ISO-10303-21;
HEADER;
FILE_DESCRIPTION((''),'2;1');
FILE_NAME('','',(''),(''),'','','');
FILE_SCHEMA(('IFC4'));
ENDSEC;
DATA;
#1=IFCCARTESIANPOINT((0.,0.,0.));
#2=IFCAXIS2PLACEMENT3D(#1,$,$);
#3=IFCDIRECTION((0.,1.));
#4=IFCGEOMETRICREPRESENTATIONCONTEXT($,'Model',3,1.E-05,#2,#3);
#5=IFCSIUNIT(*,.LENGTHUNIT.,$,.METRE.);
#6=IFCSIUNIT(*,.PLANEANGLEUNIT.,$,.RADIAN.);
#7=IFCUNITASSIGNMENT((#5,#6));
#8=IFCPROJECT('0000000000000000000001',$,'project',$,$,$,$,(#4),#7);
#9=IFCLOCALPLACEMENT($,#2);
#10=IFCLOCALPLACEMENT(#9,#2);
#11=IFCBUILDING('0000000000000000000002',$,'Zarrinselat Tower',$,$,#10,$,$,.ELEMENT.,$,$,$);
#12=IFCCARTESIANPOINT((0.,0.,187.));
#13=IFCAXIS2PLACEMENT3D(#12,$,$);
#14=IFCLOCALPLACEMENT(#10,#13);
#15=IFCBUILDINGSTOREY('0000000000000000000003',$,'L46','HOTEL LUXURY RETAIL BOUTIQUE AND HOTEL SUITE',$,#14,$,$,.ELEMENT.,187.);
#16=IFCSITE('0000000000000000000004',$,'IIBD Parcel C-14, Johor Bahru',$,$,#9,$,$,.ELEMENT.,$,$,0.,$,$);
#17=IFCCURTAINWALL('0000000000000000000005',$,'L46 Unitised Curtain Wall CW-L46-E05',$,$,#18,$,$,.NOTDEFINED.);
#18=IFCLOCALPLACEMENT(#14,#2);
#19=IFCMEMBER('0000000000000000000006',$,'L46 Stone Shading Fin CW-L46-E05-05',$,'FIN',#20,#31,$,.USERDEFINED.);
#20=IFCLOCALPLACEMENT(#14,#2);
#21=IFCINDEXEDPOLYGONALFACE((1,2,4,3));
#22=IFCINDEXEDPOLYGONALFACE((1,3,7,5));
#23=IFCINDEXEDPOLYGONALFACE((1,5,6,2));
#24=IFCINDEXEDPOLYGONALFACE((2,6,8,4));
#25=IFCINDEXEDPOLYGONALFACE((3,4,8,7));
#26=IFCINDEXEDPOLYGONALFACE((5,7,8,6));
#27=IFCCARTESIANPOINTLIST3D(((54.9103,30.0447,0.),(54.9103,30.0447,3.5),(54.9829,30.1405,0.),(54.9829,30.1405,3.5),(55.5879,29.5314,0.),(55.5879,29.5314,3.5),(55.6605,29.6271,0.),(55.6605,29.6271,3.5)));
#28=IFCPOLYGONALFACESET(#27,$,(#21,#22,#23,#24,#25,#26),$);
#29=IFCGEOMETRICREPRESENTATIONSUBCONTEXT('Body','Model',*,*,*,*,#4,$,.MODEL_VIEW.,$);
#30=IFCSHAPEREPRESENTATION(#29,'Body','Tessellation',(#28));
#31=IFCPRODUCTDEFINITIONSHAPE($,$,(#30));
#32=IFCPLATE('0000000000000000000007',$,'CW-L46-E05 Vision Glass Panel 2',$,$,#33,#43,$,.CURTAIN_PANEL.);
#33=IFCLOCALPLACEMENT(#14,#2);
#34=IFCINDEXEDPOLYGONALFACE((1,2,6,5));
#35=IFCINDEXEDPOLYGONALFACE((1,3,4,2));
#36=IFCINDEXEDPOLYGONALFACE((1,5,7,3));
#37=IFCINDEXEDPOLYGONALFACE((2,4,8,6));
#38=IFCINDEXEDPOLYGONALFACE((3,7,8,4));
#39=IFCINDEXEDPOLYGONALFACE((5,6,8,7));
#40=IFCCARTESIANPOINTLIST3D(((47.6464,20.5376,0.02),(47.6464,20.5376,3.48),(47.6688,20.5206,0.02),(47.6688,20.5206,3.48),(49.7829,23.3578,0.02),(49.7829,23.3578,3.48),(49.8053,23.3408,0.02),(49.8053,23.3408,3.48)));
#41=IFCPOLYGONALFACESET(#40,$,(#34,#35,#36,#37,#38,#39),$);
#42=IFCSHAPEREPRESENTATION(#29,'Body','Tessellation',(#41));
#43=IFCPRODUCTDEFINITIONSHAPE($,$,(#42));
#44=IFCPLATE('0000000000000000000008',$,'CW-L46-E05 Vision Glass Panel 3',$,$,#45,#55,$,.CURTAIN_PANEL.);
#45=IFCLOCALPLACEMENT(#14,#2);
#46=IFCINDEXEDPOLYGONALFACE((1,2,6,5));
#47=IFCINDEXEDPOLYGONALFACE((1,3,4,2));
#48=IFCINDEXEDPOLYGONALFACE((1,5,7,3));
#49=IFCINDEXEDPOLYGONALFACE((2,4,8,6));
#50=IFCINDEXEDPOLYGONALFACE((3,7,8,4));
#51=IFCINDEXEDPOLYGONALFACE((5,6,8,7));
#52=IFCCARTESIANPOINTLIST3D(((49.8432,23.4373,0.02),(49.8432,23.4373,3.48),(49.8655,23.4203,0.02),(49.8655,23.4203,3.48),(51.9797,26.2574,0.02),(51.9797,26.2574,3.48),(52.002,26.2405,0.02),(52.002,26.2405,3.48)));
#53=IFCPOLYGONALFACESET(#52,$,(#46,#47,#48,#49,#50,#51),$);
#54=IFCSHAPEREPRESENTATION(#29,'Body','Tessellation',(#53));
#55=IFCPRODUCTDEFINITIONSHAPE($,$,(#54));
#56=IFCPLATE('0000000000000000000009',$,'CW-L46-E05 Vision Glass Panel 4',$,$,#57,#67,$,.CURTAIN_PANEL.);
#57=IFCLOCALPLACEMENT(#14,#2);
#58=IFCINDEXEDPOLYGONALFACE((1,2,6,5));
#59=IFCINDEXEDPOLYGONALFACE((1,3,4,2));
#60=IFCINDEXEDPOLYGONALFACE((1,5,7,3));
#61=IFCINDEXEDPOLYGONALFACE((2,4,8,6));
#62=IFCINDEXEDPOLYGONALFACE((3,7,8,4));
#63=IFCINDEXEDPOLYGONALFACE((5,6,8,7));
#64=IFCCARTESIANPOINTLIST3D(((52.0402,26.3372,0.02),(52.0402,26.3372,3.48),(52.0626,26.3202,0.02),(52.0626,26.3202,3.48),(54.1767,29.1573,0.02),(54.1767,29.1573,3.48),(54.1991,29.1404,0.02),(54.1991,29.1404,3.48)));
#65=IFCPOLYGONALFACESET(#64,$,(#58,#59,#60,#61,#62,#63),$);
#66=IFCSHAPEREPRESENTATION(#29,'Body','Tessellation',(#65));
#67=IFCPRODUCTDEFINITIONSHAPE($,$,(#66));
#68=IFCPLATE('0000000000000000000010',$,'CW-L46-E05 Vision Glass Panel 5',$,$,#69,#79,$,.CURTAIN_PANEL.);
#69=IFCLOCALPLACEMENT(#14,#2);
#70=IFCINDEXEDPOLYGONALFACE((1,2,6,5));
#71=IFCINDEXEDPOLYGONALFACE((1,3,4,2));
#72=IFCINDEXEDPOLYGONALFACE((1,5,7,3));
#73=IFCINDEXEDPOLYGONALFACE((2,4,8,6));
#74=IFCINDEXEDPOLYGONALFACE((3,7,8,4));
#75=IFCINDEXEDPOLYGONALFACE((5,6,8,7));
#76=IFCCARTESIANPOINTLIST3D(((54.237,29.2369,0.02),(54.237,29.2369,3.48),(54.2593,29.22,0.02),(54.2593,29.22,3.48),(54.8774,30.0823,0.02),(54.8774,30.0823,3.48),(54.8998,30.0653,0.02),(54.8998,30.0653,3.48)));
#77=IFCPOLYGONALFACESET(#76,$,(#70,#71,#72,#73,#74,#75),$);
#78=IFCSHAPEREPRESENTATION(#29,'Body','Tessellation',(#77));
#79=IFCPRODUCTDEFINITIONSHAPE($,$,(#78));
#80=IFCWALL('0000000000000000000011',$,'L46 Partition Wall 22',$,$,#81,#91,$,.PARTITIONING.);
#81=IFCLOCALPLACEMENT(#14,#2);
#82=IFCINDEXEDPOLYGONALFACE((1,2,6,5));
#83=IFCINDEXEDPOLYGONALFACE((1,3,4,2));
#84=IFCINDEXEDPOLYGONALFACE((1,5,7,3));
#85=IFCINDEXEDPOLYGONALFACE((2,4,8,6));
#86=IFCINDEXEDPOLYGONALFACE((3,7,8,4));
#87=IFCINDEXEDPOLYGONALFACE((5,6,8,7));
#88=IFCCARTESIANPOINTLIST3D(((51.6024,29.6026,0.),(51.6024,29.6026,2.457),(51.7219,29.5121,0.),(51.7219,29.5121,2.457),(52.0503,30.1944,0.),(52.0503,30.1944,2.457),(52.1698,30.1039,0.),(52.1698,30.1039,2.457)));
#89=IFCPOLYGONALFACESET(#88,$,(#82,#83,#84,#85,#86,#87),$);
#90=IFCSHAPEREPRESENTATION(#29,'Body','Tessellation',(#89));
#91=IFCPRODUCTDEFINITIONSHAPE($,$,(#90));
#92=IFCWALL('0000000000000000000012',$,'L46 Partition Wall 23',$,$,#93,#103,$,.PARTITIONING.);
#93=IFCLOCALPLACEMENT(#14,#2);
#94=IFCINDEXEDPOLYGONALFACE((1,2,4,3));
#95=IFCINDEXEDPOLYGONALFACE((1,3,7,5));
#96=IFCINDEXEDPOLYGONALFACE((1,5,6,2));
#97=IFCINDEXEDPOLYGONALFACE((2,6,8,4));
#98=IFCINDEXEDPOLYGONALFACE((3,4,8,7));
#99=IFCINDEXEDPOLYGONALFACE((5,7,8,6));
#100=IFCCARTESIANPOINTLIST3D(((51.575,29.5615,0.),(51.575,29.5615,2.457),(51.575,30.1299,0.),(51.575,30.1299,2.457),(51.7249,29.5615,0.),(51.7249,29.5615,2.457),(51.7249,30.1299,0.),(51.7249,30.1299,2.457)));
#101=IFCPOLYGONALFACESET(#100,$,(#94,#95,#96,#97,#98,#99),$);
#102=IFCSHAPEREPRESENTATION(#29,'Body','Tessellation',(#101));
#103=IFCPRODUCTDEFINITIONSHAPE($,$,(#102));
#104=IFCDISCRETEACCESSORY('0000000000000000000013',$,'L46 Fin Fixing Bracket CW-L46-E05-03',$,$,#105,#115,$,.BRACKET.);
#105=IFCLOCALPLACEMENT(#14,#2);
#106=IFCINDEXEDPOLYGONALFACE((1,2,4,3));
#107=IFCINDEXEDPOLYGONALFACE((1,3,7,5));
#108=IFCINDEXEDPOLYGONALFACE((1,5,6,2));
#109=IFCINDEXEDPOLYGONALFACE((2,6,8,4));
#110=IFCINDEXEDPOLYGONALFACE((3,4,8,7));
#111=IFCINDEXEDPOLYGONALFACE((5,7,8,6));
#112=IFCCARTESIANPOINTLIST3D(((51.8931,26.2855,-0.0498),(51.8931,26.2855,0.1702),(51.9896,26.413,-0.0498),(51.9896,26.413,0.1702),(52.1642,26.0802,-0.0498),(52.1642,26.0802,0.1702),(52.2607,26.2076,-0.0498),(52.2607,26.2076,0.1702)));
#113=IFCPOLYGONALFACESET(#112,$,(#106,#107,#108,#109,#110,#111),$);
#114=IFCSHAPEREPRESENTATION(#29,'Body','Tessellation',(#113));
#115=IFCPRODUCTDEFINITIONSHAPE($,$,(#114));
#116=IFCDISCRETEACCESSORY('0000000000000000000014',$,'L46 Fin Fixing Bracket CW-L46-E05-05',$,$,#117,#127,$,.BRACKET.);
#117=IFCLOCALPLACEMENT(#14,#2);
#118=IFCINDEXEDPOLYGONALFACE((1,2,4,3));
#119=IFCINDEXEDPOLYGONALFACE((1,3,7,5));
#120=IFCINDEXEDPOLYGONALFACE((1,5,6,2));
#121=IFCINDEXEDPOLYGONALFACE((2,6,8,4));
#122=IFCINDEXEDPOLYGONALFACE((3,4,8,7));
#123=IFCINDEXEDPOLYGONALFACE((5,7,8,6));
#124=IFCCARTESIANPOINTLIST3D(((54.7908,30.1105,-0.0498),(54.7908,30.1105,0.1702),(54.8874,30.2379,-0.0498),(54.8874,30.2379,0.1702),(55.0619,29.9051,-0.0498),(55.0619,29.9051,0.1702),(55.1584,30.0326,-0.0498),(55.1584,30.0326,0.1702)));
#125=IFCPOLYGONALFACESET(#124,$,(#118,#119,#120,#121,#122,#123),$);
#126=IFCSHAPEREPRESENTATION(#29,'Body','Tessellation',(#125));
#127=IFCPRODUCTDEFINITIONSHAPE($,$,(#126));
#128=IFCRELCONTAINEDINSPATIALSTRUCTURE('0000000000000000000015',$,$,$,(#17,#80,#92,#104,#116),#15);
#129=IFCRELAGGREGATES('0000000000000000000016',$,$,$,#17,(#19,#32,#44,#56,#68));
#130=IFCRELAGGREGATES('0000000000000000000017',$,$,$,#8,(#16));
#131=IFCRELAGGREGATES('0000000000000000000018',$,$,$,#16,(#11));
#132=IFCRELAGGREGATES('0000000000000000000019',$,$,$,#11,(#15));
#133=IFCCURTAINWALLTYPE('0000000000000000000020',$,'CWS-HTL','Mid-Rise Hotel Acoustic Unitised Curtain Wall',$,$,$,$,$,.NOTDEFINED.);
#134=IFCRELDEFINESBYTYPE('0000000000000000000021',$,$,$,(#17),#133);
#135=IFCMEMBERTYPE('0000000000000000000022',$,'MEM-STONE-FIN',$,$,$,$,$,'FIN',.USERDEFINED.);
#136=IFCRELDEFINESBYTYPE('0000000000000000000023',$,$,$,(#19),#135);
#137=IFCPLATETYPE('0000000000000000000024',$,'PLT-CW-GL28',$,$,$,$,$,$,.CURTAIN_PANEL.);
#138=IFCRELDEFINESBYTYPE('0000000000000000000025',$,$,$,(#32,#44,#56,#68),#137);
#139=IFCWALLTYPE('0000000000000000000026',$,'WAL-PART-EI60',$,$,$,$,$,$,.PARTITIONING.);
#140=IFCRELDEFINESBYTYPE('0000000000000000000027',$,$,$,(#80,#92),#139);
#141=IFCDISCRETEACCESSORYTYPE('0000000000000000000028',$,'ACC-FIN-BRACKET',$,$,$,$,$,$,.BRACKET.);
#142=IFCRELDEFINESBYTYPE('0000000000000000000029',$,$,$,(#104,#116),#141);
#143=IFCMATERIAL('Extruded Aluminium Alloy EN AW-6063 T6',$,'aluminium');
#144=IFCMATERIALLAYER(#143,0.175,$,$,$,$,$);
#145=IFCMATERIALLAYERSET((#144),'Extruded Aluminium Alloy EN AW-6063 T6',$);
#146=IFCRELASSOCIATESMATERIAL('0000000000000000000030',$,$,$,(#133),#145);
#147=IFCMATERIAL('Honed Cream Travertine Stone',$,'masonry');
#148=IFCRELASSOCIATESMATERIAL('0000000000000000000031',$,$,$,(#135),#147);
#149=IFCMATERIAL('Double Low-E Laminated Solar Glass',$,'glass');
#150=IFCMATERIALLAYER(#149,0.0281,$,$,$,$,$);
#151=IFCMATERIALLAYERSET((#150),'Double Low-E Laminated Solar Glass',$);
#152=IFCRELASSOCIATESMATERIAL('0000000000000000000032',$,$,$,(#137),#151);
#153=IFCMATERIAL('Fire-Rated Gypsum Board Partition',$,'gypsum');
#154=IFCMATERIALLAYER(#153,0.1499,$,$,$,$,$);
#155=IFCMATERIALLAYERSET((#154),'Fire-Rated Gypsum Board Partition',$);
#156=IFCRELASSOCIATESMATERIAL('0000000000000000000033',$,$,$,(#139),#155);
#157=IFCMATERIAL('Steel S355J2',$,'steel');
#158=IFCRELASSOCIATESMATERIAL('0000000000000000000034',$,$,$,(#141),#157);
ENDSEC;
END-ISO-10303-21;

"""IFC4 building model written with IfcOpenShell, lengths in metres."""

from ifc_helpers import new_model, si_unit, direction, frame, frame_2d, origin, origin_2d, place, context, subcontext, project, spatial, rectangle, extrude, material, layer, layer_set, material_profile, profile_set, type_object, element, aggregate, save


model = new_model("IFC4")

# Units and contexts
model_context = context("Model", 3, precision=1e-05, world=origin(), true_north=direction((0.0, 1.0)))
body_context = subcontext(model_context, "Body", "Model", "MODEL_VIEW")
ifc_project = project(units=[si_unit("LENGTHUNIT", "METRE"), si_unit("PLANEANGLEUNIT", "RADIAN")], contexts=[model_context])

# Site, building, storey
site_placement = place(None, origin())
site = spatial("IfcSite", under=ifc_project, at=site_placement, Name="IIBD Parcel C-14, Johor Bahru", CompositionType="ELEMENT", RefElevation=0.0)
building_placement = place(site_placement, origin())
building = spatial("IfcBuilding", under=site, at=building_placement, Name="Zarrinselat Tower", CompositionType="ELEMENT")
storey_placement = place(building_placement, frame((0.0, 0.0, 187.0)))
storey = spatial("IfcBuildingStorey", under=building, at=storey_placement, Name="L46", Description="HOTEL LUXURY RETAIL BOUTIQUE AND HOTEL SUITE", CompositionType="ELEMENT", Elevation=187.0)

# Curtain wall, member, plates
ifc_material_1 = material(Name="Extruded Aluminium Alloy EN AW-6063 T6", Category="aluminium")
ifc_layer_1 = layer(ifc_material_1, 0.175)
ifc_layer_set_1 = layer_set([ifc_layer_1], Name="Extruded Aluminium Alloy EN AW-6063 T6")
curtain_wall_type = type_object("IfcCurtainWallType", Name="CWS-HTL", Description="Mid-Rise Hotel Acoustic Unitised Curtain Wall", PredefinedType="NOTDEFINED", material=ifc_layer_set_1)
curtain_wall_placement = place(storey_placement, origin())
curtain_wall = element("IfcCurtainWall", 1, at=curtain_wall_placement, inside=storey, type_object=curtain_wall_type, Name="L46 Unitised Curtain Wall CW-L46-E05", PredefinedType="NOTDEFINED")
ifc_material_2 = material(Name="Honed Cream Travertine Stone", Category="masonry")
ifc_material_profile_1 = material_profile(ifc_material_2, rectangle(XDim=0.1201, YDim=0.8501, at=origin_2d()), Name="FIN 850x120")
ifc_profile_set_1 = profile_set([ifc_material_profile_1], Name="Honed Cream Travertine Stone")
member_type_1 = type_object("IfcMemberType", Name="MEM-STONE-FIN", ElementType="FIN", PredefinedType="USERDEFINED", material=ifc_profile_set_1)
member_1_placement = place(storey_placement, frame((55.2854, 29.8359, 0.0), z_axis=(0.0, 0.0, 1.0), x_axis=(-0.603857, -0.797093, 0.0)))
member_1 = element("IfcMember", 2, at=member_1_placement, type_object=member_type_1, Name="L46 Stone Shading Fin CW-L46-E05-05", ObjectType="FIN", PredefinedType="USERDEFINED", context=body_context, shape_type="SweptSolid", body=[
    extrude(rectangle(XDim=0.1201, YDim=0.8501, at=origin_2d()), origin(), (0.0, 0.0, 1.0), 3.5),
])
ifc_material_3 = material(Name="Double Low-E Laminated Solar Glass", Category="glass")
ifc_layer_2 = layer(ifc_material_3, 0.0281)
ifc_layer_set_2 = layer_set([ifc_layer_2], Name="Double Low-E Laminated Solar Glass")
plate_type = type_object("IfcPlateType", Name="PLT-CW-GL28", PredefinedType="CURTAIN_PANEL", material=ifc_layer_set_2)
plate_1_placement = place(storey_placement, frame((48.7258, 21.9392, 0.02), z_axis=(0.0, 0.0, 1.0), x_axis=(0.603857, 0.797093, 0.0)))
plate_1 = element("IfcPlate", 3, at=plate_1_placement, type_object=plate_type, Name="CW-L46-E05 Vision Glass Panel 2", PredefinedType="CURTAIN_PANEL", context=body_context, shape_type="SweptSolid", body=[
    extrude(rectangle(XDim=3.5381, YDim=0.0281, at=origin_2d()), origin(), (0.0, 0.0, 1.0), 3.46),
])
plate_2_placement = place(storey_placement, frame((50.9226, 24.8389, 0.02), z_axis=(0.0, 0.0, 1.0), x_axis=(0.603857, 0.797093, 0.0)))
plate_2 = element("IfcPlate", 4, at=plate_2_placement, type_object=plate_type, Name="CW-L46-E05 Vision Glass Panel 3", PredefinedType="CURTAIN_PANEL", context=body_context, shape_type="SweptSolid", body=[
    extrude(rectangle(XDim=3.5381, YDim=0.0281, at=origin_2d()), origin(), (0.0, 0.0, 1.0), 3.46),
])
plate_3_placement = place(storey_placement, frame((53.1196, 27.7388, 0.02), z_axis=(0.0, 0.0, 1.0), x_axis=(0.603857, 0.797093, 0.0)))
plate_3 = element("IfcPlate", 5, at=plate_3_placement, type_object=plate_type, Name="CW-L46-E05 Vision Glass Panel 4", PredefinedType="CURTAIN_PANEL", context=body_context, shape_type="SweptSolid", body=[
    extrude(rectangle(XDim=3.5381, YDim=0.0281, at=origin_2d()), origin(), (0.0, 0.0, 1.0), 3.46),
])
plate_4_placement = place(storey_placement, frame((54.5684, 29.6511, 0.02), z_axis=(0.0, 0.0, 1.0), x_axis=(0.603857, 0.797093, 0.0)))
plate_4 = element("IfcPlate", 6, at=plate_4_placement, type_object=plate_type, Name="CW-L46-E05 Vision Glass Panel 5", PredefinedType="CURTAIN_PANEL", context=body_context, shape_type="SweptSolid", body=[
    extrude(rectangle(XDim=1.0605, YDim=0.0281, at=origin_2d()), origin(), (0.0, 0.0, 1.0), 3.46),
])
aggregate(curtain_wall, [member_1, plate_1, plate_2, plate_3, plate_4])

# Walls
ifc_material_4 = material(Name="Fire-Rated Gypsum Board Partition", Category="gypsum")
ifc_layer_3 = layer(ifc_material_4, 0.1499)
ifc_layer_set_3 = layer_set([ifc_layer_3], Name="Fire-Rated Gypsum Board Partition")
wall_type = type_object("IfcWallType", Name="WAL-PART-EI60", PredefinedType="PARTITIONING", material=ifc_layer_set_3)
wall_1_placement = place(storey_placement, frame((51.6621, 29.5574, 0.0), z_axis=(0.0, 0.0, 1.0), x_axis=(0.603573, 0.797308, 0.0)))
element("IfcWall", 7, at=wall_1_placement, inside=storey, type_object=wall_type, Name="L46 Partition Wall 22", PredefinedType="PARTITIONING", context=body_context, shape_type="SweptSolid", body=[
    extrude(rectangle(XDim=0.7422, YDim=0.1499, at=frame_2d((0.3711, 0.0))), origin(), (0.0, 0.0, 1.0), 2.457),
])
wall_2_placement = place(storey_placement, frame((51.6499, 29.5615, 0.0), z_axis=(0.0, 0.0, 1.0), x_axis=(0.0, 1.0, 0.0)))
element("IfcWall", 8, at=wall_2_placement, inside=storey, type_object=wall_type, Name="L46 Partition Wall 23", PredefinedType="PARTITIONING", context=body_context, shape_type="SweptSolid", body=[
    extrude(rectangle(XDim=0.5684, YDim=0.1499, at=frame_2d((0.2842, 0.0))), origin(), (0.0, 0.0, 1.0), 2.457),
])

# Discrete accessories
ifc_material_5 = material(Name="Steel S355J2", Category="steel")
discrete_accessory_type = type_object("IfcDiscreteAccessoryType", Name="ACC-FIN-BRACKET", PredefinedType="BRACKET", material=ifc_material_5)
for number, where, z_axis, x_axis, name in (
    (9, (52.0769, 26.2466, -0.0498), (0.0, 0.0, 1.0), (0.797093, -0.603857, 0.0), "L46 Fin Fixing Bracket CW-L46-E05-03"),
    (10, (54.9746, 30.0715, -0.0498), (0.0, 0.0, 1.0), (0.797093, -0.603857, 0.0), "L46 Fin Fixing Bracket CW-L46-E05-05"),
):
    element("IfcDiscreteAccessory", number, at=place(storey_placement, frame(where, z_axis=z_axis, x_axis=x_axis)), inside=storey, type_object=discrete_accessory_type, Name=name, PredefinedType="BRACKET", context=body_context, shape_type="SweptSolid", body=[
        extrude(rectangle(XDim=0.3401, YDim=0.1599, at=origin_2d()), origin(), (0.0, 0.0, 1.0), 0.22),
    ])

save(model, "model.ifc")
